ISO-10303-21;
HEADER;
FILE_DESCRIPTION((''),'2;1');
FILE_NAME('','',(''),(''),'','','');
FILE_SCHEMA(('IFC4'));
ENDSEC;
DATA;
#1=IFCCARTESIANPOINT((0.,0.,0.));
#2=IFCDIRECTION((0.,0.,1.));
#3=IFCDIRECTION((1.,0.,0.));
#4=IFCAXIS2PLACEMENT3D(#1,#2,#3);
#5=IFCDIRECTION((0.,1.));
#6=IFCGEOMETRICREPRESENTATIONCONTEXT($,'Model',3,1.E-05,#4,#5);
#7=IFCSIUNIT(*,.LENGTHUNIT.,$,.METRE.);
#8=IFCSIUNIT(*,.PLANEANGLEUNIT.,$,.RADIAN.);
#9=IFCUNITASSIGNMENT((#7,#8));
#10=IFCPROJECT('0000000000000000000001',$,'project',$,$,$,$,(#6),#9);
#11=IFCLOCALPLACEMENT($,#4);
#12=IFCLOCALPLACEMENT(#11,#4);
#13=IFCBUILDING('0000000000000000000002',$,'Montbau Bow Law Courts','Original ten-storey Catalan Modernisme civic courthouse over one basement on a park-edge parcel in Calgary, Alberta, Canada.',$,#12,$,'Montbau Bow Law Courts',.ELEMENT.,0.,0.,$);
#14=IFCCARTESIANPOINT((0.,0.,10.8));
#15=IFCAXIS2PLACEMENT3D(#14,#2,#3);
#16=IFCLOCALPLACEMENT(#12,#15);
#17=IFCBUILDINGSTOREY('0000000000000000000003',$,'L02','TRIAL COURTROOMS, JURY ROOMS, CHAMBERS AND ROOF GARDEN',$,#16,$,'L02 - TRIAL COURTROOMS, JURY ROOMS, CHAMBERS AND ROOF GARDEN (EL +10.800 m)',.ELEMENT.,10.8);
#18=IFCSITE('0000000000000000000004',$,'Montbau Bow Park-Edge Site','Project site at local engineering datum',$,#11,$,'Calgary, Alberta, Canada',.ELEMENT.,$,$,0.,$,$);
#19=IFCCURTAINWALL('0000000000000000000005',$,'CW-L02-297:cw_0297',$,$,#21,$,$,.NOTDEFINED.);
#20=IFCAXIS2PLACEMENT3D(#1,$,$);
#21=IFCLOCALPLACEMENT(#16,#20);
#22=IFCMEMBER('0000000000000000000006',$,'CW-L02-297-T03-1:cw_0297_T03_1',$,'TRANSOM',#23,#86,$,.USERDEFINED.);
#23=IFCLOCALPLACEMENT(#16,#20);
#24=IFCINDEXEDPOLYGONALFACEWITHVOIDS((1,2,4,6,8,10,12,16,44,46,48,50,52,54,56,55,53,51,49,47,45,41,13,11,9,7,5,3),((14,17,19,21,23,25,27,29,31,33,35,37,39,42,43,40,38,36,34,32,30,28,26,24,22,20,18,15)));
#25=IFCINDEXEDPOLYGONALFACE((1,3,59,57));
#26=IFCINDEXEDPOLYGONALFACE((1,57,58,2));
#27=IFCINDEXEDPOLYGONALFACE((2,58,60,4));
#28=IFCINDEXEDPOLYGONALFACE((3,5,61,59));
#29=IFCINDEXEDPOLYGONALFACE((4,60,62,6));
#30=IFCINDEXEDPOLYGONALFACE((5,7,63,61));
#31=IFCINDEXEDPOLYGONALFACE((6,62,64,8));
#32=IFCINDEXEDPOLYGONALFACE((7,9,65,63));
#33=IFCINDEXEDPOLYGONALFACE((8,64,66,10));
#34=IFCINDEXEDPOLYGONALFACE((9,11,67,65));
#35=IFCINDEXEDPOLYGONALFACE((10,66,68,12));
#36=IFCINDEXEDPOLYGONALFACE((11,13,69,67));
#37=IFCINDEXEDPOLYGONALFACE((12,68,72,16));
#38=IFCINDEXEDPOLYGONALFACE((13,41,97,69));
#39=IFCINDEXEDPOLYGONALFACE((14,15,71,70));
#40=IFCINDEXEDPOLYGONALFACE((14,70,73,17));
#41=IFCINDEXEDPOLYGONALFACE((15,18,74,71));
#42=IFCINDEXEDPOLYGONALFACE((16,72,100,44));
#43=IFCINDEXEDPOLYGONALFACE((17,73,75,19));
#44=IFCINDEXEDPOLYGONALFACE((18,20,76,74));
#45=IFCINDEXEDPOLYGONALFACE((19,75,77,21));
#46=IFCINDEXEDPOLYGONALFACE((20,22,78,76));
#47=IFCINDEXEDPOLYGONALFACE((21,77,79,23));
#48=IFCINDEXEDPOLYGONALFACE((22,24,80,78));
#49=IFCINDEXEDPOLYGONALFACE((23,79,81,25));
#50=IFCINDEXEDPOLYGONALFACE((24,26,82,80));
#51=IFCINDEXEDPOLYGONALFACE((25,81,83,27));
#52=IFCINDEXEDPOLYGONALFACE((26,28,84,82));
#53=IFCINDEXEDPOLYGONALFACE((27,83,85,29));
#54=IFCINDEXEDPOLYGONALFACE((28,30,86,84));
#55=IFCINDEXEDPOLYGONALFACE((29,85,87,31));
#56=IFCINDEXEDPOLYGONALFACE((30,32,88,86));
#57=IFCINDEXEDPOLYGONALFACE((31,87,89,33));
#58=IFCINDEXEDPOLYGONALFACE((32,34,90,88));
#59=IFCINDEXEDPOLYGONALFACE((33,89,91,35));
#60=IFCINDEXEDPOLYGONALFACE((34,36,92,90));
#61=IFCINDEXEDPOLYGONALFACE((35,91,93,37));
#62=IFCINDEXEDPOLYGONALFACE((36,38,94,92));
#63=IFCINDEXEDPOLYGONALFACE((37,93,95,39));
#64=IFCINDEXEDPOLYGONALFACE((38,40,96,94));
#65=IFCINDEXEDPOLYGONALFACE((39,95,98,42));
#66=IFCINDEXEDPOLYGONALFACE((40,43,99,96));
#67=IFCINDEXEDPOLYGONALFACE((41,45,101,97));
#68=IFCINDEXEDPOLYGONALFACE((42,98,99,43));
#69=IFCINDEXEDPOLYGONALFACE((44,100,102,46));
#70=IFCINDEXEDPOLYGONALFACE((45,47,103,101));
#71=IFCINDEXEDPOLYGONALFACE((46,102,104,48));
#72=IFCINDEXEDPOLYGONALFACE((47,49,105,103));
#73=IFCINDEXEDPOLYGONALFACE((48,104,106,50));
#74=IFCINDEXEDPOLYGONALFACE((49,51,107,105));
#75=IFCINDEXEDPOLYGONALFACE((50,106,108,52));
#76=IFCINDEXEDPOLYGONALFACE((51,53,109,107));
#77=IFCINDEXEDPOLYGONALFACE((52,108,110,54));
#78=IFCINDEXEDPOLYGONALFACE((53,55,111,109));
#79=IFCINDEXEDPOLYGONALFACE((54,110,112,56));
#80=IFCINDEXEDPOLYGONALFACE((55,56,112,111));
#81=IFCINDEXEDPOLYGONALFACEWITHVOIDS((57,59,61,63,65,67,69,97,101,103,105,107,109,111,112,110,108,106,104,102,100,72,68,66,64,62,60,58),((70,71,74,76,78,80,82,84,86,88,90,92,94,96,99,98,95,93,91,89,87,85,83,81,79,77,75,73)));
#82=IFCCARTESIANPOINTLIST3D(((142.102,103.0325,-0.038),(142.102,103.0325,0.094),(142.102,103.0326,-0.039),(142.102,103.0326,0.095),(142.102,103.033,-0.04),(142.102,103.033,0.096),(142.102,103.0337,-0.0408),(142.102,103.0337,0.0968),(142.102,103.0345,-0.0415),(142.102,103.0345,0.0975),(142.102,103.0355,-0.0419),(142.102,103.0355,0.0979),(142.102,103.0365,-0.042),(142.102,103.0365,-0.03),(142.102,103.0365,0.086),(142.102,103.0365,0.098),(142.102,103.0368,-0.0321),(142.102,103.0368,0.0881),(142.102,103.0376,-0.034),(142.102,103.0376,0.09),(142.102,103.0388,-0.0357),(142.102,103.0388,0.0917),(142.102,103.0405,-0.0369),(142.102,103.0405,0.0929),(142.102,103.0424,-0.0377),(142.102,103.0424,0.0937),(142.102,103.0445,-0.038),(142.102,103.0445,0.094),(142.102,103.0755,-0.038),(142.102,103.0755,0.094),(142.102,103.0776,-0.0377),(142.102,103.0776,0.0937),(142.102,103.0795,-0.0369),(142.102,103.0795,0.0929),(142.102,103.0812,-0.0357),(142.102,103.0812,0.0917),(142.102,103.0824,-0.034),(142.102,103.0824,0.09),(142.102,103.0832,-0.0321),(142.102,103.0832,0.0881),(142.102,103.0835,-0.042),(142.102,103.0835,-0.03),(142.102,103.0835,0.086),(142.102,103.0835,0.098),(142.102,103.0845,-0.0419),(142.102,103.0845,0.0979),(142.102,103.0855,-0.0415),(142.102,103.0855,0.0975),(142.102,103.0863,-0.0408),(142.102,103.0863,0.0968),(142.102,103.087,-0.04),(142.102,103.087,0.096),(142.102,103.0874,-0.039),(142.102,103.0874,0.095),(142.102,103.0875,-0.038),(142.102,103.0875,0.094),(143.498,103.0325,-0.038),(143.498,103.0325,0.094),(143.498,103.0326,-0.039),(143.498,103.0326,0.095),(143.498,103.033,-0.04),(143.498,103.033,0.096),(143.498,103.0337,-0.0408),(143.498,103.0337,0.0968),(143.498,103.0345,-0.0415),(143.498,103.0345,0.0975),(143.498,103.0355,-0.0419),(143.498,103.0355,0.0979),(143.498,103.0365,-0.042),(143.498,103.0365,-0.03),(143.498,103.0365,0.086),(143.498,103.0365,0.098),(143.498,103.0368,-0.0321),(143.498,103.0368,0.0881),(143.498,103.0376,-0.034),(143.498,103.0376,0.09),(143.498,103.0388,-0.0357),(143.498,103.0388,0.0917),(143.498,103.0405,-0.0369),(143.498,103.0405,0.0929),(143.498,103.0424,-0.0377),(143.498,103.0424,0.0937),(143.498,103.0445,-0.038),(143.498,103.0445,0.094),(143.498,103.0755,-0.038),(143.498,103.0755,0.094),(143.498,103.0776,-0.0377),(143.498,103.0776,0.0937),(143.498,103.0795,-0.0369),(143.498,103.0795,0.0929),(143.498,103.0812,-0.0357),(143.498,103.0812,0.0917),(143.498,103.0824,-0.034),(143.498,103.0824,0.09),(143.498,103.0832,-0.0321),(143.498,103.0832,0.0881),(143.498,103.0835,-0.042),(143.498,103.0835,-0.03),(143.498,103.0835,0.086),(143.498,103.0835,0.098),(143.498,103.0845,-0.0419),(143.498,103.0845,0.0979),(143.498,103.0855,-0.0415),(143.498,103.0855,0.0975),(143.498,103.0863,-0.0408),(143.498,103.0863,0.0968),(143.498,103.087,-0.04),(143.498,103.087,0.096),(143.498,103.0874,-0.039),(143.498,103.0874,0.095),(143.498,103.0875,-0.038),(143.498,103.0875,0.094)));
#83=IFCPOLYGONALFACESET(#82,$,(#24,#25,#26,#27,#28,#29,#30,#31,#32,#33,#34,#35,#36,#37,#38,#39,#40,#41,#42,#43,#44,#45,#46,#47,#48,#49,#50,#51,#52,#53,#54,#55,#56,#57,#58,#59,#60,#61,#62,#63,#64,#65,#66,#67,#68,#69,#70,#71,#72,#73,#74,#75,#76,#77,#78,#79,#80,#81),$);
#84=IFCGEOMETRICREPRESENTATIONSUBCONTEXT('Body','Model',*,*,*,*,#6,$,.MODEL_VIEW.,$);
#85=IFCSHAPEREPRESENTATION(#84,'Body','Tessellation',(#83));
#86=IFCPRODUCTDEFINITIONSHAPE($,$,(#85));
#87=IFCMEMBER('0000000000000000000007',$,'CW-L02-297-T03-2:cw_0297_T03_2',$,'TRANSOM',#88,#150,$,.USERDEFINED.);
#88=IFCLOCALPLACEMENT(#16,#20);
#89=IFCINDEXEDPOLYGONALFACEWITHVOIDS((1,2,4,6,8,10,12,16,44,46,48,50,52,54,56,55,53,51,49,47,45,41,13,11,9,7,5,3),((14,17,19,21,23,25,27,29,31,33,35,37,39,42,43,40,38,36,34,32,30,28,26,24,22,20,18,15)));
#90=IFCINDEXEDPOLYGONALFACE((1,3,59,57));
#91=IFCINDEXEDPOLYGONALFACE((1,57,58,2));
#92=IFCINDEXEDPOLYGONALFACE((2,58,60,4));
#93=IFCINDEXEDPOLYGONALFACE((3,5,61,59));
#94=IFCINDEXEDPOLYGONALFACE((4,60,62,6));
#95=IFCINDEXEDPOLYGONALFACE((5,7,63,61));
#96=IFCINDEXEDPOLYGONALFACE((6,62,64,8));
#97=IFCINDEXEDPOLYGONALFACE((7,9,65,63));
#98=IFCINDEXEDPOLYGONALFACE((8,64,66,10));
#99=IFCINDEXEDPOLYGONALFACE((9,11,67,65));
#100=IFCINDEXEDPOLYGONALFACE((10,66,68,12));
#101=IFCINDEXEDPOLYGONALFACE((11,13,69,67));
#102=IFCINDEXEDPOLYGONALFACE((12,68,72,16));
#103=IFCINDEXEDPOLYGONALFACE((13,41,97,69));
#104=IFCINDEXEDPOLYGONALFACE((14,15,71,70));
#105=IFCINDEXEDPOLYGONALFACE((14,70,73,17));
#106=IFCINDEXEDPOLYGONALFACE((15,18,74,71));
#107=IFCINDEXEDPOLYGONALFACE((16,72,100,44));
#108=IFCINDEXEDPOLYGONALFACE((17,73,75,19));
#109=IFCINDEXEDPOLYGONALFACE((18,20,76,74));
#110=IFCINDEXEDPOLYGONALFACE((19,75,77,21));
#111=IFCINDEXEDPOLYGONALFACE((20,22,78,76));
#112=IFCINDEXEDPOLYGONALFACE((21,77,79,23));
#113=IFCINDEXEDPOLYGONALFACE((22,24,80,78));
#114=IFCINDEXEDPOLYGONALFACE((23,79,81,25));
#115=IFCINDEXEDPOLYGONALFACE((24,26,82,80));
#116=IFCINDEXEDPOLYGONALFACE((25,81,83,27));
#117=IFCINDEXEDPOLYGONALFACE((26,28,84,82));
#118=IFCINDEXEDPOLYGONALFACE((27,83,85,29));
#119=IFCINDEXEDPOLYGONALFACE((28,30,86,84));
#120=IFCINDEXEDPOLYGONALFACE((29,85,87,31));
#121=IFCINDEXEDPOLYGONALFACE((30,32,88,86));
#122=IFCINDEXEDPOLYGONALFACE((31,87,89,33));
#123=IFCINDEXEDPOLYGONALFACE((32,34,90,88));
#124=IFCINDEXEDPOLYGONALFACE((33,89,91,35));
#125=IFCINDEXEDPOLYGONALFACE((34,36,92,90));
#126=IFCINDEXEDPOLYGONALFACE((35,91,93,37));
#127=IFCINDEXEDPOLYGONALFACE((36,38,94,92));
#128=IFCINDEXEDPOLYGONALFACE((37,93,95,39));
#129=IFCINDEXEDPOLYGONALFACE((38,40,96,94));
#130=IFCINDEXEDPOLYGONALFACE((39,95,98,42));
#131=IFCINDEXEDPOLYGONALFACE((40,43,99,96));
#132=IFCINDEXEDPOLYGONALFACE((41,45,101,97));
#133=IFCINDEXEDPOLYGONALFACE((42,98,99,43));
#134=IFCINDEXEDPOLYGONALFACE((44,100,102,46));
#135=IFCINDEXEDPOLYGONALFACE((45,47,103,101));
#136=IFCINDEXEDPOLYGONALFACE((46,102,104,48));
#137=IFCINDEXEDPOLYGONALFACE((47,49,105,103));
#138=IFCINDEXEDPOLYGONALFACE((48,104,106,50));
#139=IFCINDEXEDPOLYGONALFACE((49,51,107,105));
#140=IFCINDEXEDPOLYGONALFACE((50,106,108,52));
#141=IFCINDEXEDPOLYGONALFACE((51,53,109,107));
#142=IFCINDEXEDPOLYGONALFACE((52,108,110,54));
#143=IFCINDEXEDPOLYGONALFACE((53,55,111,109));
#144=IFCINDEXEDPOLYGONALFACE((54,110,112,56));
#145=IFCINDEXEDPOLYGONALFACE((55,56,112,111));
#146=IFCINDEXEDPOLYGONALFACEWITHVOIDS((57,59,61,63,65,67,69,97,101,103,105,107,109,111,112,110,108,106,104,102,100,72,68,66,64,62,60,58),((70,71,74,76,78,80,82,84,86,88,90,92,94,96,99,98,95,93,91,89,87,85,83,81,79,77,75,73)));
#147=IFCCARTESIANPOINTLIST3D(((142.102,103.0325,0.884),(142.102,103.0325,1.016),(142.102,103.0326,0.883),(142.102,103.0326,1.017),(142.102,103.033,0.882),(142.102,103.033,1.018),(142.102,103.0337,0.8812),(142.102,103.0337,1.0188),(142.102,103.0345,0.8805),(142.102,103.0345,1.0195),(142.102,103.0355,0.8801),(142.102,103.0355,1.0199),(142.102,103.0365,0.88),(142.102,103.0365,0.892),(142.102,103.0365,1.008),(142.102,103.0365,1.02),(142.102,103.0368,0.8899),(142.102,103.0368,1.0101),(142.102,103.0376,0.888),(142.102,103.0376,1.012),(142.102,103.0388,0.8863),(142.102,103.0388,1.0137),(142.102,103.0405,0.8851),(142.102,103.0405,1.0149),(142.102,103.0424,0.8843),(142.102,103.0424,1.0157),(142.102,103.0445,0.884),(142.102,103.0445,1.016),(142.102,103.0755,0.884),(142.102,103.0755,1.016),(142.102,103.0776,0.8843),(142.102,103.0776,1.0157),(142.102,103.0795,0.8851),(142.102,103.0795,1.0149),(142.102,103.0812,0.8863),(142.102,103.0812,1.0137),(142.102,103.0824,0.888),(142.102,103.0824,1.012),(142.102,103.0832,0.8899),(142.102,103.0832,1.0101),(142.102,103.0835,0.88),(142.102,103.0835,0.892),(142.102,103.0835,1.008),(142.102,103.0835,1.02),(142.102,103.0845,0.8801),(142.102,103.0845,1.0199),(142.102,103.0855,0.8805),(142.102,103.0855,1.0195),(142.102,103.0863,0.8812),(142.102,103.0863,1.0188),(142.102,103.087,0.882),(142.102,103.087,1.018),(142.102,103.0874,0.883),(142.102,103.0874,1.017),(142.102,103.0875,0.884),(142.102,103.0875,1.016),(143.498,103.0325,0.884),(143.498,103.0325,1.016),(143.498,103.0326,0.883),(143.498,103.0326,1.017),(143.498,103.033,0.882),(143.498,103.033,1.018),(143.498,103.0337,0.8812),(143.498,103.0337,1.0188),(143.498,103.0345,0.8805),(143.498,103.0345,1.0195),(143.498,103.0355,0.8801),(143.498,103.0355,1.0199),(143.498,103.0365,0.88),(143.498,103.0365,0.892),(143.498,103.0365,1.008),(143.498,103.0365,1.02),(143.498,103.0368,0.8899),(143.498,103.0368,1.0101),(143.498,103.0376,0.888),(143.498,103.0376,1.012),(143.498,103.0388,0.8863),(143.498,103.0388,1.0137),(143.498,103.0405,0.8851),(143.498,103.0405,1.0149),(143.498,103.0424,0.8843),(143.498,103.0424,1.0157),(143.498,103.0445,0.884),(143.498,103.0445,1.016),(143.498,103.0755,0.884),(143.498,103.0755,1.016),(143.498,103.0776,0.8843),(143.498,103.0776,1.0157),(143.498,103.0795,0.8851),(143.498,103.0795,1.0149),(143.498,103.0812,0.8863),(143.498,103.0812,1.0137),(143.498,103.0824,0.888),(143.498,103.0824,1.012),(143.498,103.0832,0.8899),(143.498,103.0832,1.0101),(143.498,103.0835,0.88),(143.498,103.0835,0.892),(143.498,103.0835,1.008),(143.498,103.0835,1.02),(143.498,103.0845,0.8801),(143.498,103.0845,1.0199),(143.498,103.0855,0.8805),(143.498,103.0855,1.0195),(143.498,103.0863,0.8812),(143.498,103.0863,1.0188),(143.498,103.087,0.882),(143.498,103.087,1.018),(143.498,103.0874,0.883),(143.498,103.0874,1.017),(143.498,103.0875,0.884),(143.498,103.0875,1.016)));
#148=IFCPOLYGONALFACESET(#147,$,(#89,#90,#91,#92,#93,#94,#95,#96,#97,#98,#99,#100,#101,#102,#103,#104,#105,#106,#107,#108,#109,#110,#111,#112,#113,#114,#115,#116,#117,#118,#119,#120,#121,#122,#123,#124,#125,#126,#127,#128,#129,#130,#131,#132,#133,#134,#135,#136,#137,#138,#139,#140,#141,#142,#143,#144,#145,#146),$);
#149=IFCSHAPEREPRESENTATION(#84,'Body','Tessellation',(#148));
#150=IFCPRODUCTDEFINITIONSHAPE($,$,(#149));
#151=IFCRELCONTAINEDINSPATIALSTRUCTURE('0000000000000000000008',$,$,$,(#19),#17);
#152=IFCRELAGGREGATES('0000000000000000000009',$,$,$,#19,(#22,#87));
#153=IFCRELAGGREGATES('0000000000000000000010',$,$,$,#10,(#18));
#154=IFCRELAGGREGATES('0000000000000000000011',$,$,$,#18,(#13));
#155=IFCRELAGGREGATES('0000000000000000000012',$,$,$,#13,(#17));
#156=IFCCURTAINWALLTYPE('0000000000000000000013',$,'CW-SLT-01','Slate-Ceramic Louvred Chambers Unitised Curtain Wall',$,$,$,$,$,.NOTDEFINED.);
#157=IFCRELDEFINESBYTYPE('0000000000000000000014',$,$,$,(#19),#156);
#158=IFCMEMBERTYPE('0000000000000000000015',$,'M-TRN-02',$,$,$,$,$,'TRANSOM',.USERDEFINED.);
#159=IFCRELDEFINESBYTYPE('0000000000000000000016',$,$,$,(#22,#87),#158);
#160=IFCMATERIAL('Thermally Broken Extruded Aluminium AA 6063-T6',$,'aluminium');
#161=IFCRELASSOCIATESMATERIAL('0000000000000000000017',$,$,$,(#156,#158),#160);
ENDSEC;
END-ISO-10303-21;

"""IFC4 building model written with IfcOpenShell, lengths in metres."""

from ifc_helpers import new_model, si_unit, direction, frame, origin_with_axes, origin_2d_with_axis, place, context, subcontext, project, spatial, hollow_rectangle, extrude, material, material_profile, profile_set, type_object, element, aggregate, save


model = new_model("IFC4")

# Units and contexts
model_context = context("Model", 3, precision=1e-05, world=origin_with_axes(), true_north=direction((0.0, 1.0)))
body_context = subcontext(model_context, "Body", "Model", "MODEL_VIEW")
ifc_project = project(units=[si_unit("LENGTHUNIT", "METRE"), si_unit("PLANEANGLEUNIT", "RADIAN")], contexts=[model_context])

# Site, building, storey
site_placement = place(None, origin_with_axes())
site = spatial("IfcSite", under=ifc_project, at=site_placement, Name="Montbau Bow Park-Edge Site", Description="Project site at local engineering datum", LongName="Calgary, Alberta, Canada", CompositionType="ELEMENT", RefElevation=0.0)
building_placement = place(site_placement, origin_with_axes())
building = spatial("IfcBuilding", under=site, at=building_placement, Name="Montbau Bow Law Courts", Description="Original ten-storey Catalan Modernisme civic courthouse over one basement on a park-edge parcel in Calgary, Alberta, Canada.", LongName="Montbau Bow Law Courts", CompositionType="ELEMENT", ElevationOfRefHeight=0.0, ElevationOfTerrain=0.0)
storey_placement = place(building_placement, frame((0.0, 0.0, 10.8), z_axis=(0.0, 0.0, 1.0), x_axis=(1.0, 0.0, 0.0)))
storey = spatial("IfcBuildingStorey", under=building, at=storey_placement, Name="L02", Description="TRIAL COURTROOMS, JURY ROOMS, CHAMBERS AND ROOF GARDEN", LongName="L02 - TRIAL COURTROOMS, JURY ROOMS, CHAMBERS AND ROOF GARDEN (EL +10.800 m)", CompositionType="ELEMENT", Elevation=10.8)

# Curtain wall, members
ifc_material_1 = material(Name="Thermally Broken Extruded Aluminium AA 6063-T6", Category="aluminium")
curtain_wall_type = type_object("IfcCurtainWallType", Name="CW-SLT-01", Description="Slate-Ceramic Louvred Chambers Unitised Curtain Wall", PredefinedType="NOTDEFINED", material=ifc_material_1)
curtain_wall_placement = place(None, frame((139.115, 103.06, 10.8), z_axis=(0.0, 0.0, 1.0), x_axis=(1.0, 0.0, 0.0)))
curtain_wall = element("IfcCurtainWall", 1, at=curtain_wall_placement, inside=storey, type_object=curtain_wall_type, Name="CW-L02-297:cw_0297", PredefinedType="NOTDEFINED")
ifc_material_profile_1 = material_profile(ifc_material_1, hollow_rectangle(XDim=0.055, YDim=0.14, WallThickness=0.004, InnerFilletRadius=0.008, OuterFilletRadius=0.004, at=origin_2d_with_axis()), Name="CWT-140X55", Category="Main", Priority=0)
ifc_profile_set_1 = profile_set([ifc_material_profile_1], Name="Thermally Broken Extruded Aluminium AA 6063-T6")
member_type_1 = type_object("IfcMemberType", Name="M-TRN-02", ElementType="TRANSOM", PredefinedType="USERDEFINED", material=ifc_profile_set_1)
member_1_placement = place(None, frame((142.102, 103.06, 10.828), z_axis=(1.0, 0.0, 0.0), x_axis=(0.0, 1.0, 0.0)))
member_1 = element("IfcMember", 2, at=member_1_placement, type_object=member_type_1, Name="CW-L02-297-T03-1:cw_0297_T03_1", ObjectType="TRANSOM", PredefinedType="USERDEFINED", context=body_context, shape_type="SweptSolid", body=[
    extrude(hollow_rectangle(XDim=0.055, YDim=0.14, WallThickness=0.004, InnerFilletRadius=0.008, OuterFilletRadius=0.004, at=origin_2d_with_axis()), origin_with_axes(), (0.0, 0.0, 1.0), 1.396),
])
member_2_placement = place(None, frame((142.102, 103.06, 11.75), z_axis=(1.0, 0.0, 0.0), x_axis=(0.0, 1.0, 0.0)))
member_2 = element("IfcMember", 3, at=member_2_placement, type_object=member_type_1, Name="CW-L02-297-T03-2:cw_0297_T03_2", ObjectType="TRANSOM", PredefinedType="USERDEFINED", context=body_context, shape_type="SweptSolid", body=[
    extrude(hollow_rectangle(XDim=0.055, YDim=0.14, WallThickness=0.004, InnerFilletRadius=0.008, OuterFilletRadius=0.004, at=origin_2d_with_axis()), origin_with_axes(), (0.0, 0.0, 1.0), 1.396),
])
aggregate(curtain_wall, [member_1, member_2])

save(model, "model.ifc")
